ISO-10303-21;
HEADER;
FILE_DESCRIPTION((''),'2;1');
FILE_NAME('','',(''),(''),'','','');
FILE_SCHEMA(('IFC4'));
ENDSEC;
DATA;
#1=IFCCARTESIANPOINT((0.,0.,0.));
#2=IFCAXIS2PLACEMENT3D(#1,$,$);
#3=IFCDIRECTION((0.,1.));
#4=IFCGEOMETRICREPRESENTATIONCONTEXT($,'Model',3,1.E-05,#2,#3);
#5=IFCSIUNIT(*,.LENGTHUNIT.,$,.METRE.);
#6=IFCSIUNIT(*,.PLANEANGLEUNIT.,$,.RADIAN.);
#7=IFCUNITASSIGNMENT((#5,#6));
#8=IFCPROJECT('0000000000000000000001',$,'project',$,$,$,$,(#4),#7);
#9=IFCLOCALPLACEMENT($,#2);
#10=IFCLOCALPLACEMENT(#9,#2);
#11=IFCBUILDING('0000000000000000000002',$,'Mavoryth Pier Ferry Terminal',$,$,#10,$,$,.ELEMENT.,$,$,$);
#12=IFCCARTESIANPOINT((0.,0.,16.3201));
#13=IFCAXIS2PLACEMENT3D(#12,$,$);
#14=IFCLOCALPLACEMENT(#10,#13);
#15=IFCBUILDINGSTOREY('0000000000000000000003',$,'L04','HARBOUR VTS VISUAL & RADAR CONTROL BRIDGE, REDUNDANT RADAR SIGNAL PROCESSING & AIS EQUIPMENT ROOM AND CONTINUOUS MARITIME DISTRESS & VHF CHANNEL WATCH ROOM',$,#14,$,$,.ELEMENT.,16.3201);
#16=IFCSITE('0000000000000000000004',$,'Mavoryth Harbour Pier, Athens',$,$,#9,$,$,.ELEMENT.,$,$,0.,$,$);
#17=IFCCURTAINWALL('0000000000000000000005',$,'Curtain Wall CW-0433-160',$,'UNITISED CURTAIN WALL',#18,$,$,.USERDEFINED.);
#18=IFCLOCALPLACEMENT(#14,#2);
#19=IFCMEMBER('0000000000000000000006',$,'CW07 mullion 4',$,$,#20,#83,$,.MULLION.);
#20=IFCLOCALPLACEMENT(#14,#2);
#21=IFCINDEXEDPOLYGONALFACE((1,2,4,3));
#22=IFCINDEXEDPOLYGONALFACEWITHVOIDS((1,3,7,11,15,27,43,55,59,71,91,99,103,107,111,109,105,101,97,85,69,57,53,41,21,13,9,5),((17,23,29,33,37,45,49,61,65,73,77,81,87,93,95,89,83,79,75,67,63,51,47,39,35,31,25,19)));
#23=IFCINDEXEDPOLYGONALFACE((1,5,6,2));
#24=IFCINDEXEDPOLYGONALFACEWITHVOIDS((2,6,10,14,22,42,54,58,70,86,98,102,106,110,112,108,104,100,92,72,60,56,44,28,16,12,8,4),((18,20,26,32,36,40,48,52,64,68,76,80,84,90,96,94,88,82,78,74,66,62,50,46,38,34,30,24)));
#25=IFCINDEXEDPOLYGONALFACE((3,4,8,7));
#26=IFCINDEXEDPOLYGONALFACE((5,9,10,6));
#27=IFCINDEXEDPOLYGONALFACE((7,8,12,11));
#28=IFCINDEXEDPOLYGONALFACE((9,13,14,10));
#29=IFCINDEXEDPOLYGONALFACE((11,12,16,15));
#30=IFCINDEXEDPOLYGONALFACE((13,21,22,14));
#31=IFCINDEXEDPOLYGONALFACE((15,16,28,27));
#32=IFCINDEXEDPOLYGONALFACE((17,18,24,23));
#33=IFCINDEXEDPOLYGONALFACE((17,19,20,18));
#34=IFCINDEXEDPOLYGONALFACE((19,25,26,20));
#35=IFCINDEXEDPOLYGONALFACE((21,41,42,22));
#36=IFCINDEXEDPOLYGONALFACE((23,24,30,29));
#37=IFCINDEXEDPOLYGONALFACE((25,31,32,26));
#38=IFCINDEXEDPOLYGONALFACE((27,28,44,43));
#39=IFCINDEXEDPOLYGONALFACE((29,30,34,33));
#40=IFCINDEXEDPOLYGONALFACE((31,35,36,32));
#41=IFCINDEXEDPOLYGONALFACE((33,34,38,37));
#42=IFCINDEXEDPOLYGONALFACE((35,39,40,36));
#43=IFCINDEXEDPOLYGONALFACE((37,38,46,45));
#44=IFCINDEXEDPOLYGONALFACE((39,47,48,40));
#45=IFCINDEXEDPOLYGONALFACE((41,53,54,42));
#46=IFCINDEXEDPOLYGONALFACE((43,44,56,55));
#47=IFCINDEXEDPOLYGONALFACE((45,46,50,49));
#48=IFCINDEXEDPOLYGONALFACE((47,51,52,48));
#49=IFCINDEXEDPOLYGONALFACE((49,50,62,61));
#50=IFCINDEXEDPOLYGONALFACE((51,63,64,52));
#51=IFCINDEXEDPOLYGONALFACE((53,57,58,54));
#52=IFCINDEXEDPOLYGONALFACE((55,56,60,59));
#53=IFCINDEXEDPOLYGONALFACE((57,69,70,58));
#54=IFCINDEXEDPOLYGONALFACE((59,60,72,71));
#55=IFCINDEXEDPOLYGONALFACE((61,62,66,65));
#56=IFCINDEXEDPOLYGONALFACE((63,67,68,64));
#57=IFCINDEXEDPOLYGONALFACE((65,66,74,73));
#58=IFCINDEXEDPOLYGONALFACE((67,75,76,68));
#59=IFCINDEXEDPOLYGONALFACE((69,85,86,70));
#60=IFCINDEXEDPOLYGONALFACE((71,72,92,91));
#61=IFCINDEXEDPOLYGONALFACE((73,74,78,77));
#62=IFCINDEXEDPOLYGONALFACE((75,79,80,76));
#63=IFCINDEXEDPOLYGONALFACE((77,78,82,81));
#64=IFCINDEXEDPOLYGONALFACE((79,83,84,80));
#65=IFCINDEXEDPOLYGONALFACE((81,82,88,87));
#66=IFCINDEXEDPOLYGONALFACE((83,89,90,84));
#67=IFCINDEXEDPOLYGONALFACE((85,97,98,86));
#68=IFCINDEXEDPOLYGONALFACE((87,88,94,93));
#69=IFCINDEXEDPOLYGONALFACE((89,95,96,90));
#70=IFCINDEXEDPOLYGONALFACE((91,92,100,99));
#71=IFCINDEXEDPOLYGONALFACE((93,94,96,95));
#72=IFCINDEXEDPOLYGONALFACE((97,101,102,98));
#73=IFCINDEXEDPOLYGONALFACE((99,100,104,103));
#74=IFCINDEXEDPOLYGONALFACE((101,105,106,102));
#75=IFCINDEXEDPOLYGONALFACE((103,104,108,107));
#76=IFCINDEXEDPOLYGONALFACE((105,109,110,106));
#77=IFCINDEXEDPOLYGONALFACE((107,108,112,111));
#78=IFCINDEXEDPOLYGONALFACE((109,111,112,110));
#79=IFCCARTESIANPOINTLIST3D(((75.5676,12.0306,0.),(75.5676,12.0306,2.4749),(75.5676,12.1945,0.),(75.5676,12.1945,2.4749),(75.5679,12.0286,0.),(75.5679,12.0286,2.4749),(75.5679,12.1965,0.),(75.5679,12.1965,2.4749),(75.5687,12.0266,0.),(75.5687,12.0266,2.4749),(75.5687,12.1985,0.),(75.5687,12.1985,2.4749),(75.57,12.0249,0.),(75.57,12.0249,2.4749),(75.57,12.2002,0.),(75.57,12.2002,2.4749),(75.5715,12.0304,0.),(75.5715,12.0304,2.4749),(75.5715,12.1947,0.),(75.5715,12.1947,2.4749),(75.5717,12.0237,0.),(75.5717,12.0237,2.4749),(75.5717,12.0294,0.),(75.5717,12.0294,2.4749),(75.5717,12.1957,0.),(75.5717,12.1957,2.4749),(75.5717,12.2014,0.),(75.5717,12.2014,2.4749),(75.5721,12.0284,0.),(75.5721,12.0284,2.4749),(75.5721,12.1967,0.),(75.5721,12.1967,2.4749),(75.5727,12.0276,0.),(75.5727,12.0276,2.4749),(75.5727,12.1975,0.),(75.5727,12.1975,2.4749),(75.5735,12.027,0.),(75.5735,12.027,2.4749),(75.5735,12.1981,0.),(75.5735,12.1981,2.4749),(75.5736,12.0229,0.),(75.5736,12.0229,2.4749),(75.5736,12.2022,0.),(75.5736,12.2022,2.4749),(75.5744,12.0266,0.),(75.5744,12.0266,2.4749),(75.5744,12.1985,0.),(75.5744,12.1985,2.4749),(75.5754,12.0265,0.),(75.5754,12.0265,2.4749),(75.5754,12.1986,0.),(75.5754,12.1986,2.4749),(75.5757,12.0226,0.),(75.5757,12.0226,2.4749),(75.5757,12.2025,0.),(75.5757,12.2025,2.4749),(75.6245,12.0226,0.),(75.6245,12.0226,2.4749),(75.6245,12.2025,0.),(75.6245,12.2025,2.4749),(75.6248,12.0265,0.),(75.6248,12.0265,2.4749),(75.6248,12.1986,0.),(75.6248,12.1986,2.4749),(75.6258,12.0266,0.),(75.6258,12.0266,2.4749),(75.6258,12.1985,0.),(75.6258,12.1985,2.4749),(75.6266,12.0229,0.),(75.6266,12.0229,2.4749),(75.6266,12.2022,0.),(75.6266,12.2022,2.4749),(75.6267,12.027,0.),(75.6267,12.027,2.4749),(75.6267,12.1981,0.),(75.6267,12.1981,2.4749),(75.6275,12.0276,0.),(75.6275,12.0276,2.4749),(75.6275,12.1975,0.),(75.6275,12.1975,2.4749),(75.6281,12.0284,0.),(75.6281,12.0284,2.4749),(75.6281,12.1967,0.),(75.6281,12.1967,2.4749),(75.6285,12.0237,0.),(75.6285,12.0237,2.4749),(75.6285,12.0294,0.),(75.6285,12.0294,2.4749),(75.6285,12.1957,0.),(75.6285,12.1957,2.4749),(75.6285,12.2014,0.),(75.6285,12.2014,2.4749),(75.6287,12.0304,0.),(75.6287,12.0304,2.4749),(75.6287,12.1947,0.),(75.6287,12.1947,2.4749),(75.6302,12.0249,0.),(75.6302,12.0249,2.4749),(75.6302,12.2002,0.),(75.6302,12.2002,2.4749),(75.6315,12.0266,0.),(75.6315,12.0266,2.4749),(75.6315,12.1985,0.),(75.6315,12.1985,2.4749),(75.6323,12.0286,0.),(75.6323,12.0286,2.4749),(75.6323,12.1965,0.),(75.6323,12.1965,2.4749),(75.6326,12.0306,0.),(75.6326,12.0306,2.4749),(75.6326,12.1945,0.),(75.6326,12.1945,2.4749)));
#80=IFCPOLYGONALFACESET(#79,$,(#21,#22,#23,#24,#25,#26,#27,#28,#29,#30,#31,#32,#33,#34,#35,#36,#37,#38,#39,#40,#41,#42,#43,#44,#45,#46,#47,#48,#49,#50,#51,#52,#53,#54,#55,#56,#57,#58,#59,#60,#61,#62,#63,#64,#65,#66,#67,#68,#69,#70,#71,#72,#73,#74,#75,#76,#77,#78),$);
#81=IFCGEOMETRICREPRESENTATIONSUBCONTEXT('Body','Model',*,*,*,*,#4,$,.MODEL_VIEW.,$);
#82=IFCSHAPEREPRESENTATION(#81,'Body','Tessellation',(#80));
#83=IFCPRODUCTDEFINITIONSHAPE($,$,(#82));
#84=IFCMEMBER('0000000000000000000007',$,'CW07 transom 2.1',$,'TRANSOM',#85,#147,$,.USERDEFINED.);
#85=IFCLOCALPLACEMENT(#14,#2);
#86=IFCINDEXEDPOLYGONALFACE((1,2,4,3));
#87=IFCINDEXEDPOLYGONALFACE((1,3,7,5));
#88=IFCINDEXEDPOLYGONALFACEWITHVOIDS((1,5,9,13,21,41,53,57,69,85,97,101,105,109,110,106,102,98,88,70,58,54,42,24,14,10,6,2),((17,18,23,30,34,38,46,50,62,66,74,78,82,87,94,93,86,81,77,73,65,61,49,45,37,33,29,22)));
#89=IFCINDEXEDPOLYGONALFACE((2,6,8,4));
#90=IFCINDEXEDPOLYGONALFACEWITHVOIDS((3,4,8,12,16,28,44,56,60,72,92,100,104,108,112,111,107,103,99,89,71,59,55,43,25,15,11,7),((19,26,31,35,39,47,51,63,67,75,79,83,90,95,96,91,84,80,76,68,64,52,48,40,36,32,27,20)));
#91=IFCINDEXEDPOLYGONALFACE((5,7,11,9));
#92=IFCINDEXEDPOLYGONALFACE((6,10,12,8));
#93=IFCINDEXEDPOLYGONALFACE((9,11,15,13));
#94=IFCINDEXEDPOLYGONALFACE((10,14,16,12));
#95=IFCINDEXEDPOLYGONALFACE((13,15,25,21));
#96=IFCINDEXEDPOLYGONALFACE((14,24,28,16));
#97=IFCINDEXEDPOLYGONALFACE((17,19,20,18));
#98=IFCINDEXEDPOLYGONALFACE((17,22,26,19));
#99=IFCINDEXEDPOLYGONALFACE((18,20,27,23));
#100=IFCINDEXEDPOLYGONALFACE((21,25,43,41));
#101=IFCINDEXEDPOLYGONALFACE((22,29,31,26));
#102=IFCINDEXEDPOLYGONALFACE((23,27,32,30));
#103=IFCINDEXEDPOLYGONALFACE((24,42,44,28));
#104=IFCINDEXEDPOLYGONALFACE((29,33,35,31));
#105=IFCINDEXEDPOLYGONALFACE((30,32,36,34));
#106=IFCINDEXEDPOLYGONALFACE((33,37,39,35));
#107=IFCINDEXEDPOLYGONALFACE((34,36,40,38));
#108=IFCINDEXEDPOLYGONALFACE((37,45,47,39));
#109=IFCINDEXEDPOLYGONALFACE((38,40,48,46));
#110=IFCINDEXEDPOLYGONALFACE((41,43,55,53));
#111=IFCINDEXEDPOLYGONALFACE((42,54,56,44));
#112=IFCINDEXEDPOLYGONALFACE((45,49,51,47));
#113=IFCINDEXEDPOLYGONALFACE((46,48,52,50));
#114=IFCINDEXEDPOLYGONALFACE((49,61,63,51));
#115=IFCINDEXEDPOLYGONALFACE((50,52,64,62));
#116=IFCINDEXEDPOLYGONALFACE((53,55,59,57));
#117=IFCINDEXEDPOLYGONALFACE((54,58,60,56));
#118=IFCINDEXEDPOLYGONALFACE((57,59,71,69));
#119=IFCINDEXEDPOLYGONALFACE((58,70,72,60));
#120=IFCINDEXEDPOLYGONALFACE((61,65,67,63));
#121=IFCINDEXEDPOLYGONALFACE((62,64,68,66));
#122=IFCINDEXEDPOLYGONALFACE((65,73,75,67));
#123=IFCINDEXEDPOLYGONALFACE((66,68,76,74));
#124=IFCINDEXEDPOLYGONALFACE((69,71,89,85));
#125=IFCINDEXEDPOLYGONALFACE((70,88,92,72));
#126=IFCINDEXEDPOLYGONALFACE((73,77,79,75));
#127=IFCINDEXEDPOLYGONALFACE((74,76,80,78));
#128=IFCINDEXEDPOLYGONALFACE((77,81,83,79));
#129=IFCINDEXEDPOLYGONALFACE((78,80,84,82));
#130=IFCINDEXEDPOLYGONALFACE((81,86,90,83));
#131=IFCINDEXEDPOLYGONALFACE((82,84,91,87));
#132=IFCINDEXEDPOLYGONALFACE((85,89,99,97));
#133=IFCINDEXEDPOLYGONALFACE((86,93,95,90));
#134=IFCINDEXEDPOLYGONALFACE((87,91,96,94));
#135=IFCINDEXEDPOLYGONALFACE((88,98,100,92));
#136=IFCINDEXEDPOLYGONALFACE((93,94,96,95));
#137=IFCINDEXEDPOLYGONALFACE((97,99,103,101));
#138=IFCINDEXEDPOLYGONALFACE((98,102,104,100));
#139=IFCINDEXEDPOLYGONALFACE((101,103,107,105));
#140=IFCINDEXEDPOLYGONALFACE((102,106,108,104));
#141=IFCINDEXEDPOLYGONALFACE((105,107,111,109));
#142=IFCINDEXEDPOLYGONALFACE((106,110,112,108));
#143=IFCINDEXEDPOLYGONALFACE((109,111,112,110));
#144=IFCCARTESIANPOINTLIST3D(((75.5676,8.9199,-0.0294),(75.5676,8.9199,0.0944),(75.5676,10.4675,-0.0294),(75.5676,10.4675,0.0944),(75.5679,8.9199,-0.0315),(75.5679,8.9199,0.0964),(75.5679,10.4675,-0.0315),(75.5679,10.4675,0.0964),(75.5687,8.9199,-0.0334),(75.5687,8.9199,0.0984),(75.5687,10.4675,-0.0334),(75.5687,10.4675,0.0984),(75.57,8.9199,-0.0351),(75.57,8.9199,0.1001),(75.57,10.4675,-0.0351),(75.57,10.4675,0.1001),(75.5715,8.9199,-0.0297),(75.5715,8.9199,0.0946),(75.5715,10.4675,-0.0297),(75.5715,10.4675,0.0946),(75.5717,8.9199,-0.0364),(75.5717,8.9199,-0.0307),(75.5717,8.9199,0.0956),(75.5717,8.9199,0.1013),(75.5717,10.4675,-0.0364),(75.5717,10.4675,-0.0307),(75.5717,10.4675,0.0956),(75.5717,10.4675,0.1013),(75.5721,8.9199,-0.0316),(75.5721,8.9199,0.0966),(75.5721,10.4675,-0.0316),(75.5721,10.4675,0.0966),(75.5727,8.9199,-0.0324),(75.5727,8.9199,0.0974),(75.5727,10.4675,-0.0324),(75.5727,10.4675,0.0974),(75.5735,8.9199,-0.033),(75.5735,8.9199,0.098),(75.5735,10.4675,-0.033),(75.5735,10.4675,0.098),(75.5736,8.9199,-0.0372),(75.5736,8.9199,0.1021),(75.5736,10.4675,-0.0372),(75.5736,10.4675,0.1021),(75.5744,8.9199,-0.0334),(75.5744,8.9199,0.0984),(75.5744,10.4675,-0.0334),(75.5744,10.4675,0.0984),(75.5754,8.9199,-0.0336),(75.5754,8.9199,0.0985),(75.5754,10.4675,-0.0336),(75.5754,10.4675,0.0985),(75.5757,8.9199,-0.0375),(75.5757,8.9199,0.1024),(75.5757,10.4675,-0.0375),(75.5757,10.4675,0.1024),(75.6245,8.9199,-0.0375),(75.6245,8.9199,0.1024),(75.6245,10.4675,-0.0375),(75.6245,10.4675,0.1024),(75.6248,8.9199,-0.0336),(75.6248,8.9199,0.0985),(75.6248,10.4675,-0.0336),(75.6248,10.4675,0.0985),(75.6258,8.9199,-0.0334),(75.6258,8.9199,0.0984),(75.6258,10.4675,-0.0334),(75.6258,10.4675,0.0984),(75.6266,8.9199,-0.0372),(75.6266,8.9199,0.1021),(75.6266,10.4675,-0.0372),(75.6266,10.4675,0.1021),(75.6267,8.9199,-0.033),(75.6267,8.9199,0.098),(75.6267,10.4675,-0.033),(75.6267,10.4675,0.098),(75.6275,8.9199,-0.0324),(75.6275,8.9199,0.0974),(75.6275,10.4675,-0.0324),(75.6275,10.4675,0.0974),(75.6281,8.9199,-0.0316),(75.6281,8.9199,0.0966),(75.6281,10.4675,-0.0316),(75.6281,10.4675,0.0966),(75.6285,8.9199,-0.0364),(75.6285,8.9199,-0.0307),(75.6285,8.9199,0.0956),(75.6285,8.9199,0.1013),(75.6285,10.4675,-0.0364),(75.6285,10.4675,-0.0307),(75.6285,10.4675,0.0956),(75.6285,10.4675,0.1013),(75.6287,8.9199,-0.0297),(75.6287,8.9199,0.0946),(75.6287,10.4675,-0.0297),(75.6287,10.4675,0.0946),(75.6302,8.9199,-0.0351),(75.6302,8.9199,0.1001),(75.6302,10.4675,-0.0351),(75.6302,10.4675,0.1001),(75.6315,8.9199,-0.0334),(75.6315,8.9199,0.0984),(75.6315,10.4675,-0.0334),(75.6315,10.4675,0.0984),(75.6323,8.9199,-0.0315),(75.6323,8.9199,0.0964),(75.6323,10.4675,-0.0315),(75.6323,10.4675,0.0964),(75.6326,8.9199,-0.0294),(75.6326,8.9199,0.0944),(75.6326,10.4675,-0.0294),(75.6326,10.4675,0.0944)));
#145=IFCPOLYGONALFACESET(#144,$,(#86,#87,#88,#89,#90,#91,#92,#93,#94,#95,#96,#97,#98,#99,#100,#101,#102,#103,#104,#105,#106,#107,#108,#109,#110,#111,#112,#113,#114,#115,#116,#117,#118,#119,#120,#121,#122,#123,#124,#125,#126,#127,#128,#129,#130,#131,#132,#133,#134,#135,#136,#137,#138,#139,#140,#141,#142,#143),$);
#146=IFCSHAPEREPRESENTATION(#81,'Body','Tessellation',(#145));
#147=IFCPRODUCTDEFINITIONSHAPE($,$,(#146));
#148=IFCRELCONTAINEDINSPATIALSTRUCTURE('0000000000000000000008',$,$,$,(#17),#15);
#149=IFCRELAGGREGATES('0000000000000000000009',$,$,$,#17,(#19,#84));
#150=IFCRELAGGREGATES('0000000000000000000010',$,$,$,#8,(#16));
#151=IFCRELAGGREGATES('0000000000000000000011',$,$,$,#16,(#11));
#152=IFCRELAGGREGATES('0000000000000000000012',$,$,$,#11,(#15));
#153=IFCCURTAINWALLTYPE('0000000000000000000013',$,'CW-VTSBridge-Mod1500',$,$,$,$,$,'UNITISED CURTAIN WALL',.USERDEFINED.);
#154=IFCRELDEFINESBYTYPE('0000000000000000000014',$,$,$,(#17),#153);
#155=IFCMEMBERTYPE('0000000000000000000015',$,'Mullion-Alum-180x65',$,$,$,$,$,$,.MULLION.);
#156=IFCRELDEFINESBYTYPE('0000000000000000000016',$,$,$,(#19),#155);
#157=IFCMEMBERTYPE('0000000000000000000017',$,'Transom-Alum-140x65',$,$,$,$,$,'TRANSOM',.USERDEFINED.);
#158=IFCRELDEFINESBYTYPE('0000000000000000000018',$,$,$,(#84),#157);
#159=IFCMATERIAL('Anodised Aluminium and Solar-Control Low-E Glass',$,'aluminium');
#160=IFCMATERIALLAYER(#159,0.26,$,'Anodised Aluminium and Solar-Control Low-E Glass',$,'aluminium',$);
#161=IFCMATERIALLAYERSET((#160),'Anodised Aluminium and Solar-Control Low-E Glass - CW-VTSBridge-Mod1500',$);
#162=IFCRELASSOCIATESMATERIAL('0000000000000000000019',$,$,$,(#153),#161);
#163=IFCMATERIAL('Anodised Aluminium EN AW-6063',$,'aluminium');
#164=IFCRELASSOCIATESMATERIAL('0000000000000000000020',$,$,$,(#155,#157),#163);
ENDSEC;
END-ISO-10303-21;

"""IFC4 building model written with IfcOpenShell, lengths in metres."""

from ifc_helpers import new_model, si_unit, direction, frame, origin, origin_2d, place, context, subcontext, project, spatial, hollow_rectangle, extrude, material, layer, layer_set, material_profile, profile_set, type_object, element, aggregate, save


model = new_model("IFC4")

# Units and contexts
model_context = context("Model", 3, precision=1e-05, world=origin(), true_north=direction((0.0, 1.0)))
body_context = subcontext(model_context, "Body", "Model", "MODEL_VIEW")
ifc_project = project(units=[si_unit("LENGTHUNIT", "METRE"), si_unit("PLANEANGLEUNIT", "RADIAN")], contexts=[model_context])

# Site, building, storey
site_placement = place(None, origin())
site = spatial("IfcSite", under=ifc_project, at=site_placement, Name="Mavoryth Harbour Pier, Athens", CompositionType="ELEMENT", RefElevation=0.0)
building_placement = place(site_placement, origin())
building = spatial("IfcBuilding", under=site, at=building_placement, Name="Mavoryth Pier Ferry Terminal", CompositionType="ELEMENT")
storey_placement = place(building_placement, frame((0.0, 0.0, 16.3201)))
storey = spatial("IfcBuildingStorey", under=building, at=storey_placement, Name="L04", Description="HARBOUR VTS VISUAL & RADAR CONTROL BRIDGE, REDUNDANT RADAR SIGNAL PROCESSING & AIS EQUIPMENT ROOM AND CONTINUOUS MARITIME DISTRESS & VHF CHANNEL WATCH ROOM", CompositionType="ELEMENT", Elevation=16.3201)

# Curtain wall, members
ifc_material_1 = material(Name="Anodised Aluminium and Solar-Control Low-E Glass", Category="aluminium")
ifc_layer_1 = layer(ifc_material_1, 0.26, Name="Anodised Aluminium and Solar-Control Low-E Glass", Category="aluminium")
ifc_layer_set_1 = layer_set([ifc_layer_1], Name="Anodised Aluminium and Solar-Control Low-E Glass - CW-VTSBridge-Mod1500")
curtain_wall_type = type_object("IfcCurtainWallType", Name="CW-VTSBridge-Mod1500", ElementType="UNITISED CURTAIN WALL", PredefinedType="USERDEFINED", material=ifc_layer_set_1)
curtain_wall_placement = place(storey_placement, origin())
curtain_wall = element("IfcCurtainWall", 1, at=curtain_wall_placement, inside=storey, type_object=curtain_wall_type, Name="Curtain Wall CW-0433-160", ObjectType="UNITISED CURTAIN WALL", PredefinedType="USERDEFINED")
ifc_material_2 = material(Name="Anodised Aluminium EN AW-6063", Category="aluminium")
ifc_material_profile_1 = material_profile(ifc_material_2, hollow_rectangle(XDim=0.0649, YDim=0.1799, WallThickness=0.0039, InnerFilletRadius=0.0039, OuterFilletRadius=0.0081, at=origin_2d()), Name="AL-MULL 180x65x4", Category="aluminium")
ifc_profile_set_1 = profile_set([ifc_material_profile_1], Name="Anodised Aluminium EN AW-6063 - AL-MULL 180x65x4")
member_type_1 = type_object("IfcMemberType", Name="Mullion-Alum-180x65", PredefinedType="MULLION", material=ifc_profile_set_1)
member_1_placement = place(storey_placement, frame((75.6001, 12.1125, 0.0), z_axis=(0.0, 0.0, 1.0), x_axis=(-1.0, 0.0, 0.0)))
member_1 = element("IfcMember", 2, at=member_1_placement, type_object=member_type_1, Name="CW07 mullion 4", PredefinedType="MULLION", context=body_context, shape_type="SweptSolid", body=[
    extrude(hollow_rectangle(XDim=0.0649, YDim=0.1799, WallThickness=0.0039, InnerFilletRadius=0.0039, OuterFilletRadius=0.0081, at=origin_2d()), origin(), (0.0, 0.0, 1.0), 2.4749),
])
ifc_material_profile_2 = material_profile(ifc_material_2, hollow_rectangle(XDim=0.0649, YDim=0.1399, WallThickness=0.0039, InnerFilletRadius=0.0039, OuterFilletRadius=0.0081, at=origin_2d()), Name="AL-TRAN 140x65x4", Category="aluminium")
ifc_profile_set_2 = profile_set([ifc_material_profile_2], Name="Anodised Aluminium EN AW-6063 - AL-TRAN 140x65x4")
member_type_2 = type_object("IfcMemberType", Name="Transom-Alum-140x65", ElementType="TRANSOM", PredefinedType="USERDEFINED", material=ifc_profile_set_2)
member_2_placement = place(storey_placement, frame((75.6001, 8.9199, 0.0325), z_axis=(0.0, 1.0, 0.0), x_axis=(-1.0, 0.0, 0.0)))
member_2 = element("IfcMember", 3, at=member_2_placement, type_object=member_type_2, Name="CW07 transom 2.1", ObjectType="TRANSOM", PredefinedType="USERDEFINED", context=body_context, shape_type="SweptSolid", body=[
    extrude(hollow_rectangle(XDim=0.0649, YDim=0.1399, WallThickness=0.0039, InnerFilletRadius=0.0039, OuterFilletRadius=0.0081, at=origin_2d()), origin(), (0.0, 0.0, 1.0), 1.5476),
])
aggregate(curtain_wall, [member_1, member_2])

save(model, "model.ifc")
